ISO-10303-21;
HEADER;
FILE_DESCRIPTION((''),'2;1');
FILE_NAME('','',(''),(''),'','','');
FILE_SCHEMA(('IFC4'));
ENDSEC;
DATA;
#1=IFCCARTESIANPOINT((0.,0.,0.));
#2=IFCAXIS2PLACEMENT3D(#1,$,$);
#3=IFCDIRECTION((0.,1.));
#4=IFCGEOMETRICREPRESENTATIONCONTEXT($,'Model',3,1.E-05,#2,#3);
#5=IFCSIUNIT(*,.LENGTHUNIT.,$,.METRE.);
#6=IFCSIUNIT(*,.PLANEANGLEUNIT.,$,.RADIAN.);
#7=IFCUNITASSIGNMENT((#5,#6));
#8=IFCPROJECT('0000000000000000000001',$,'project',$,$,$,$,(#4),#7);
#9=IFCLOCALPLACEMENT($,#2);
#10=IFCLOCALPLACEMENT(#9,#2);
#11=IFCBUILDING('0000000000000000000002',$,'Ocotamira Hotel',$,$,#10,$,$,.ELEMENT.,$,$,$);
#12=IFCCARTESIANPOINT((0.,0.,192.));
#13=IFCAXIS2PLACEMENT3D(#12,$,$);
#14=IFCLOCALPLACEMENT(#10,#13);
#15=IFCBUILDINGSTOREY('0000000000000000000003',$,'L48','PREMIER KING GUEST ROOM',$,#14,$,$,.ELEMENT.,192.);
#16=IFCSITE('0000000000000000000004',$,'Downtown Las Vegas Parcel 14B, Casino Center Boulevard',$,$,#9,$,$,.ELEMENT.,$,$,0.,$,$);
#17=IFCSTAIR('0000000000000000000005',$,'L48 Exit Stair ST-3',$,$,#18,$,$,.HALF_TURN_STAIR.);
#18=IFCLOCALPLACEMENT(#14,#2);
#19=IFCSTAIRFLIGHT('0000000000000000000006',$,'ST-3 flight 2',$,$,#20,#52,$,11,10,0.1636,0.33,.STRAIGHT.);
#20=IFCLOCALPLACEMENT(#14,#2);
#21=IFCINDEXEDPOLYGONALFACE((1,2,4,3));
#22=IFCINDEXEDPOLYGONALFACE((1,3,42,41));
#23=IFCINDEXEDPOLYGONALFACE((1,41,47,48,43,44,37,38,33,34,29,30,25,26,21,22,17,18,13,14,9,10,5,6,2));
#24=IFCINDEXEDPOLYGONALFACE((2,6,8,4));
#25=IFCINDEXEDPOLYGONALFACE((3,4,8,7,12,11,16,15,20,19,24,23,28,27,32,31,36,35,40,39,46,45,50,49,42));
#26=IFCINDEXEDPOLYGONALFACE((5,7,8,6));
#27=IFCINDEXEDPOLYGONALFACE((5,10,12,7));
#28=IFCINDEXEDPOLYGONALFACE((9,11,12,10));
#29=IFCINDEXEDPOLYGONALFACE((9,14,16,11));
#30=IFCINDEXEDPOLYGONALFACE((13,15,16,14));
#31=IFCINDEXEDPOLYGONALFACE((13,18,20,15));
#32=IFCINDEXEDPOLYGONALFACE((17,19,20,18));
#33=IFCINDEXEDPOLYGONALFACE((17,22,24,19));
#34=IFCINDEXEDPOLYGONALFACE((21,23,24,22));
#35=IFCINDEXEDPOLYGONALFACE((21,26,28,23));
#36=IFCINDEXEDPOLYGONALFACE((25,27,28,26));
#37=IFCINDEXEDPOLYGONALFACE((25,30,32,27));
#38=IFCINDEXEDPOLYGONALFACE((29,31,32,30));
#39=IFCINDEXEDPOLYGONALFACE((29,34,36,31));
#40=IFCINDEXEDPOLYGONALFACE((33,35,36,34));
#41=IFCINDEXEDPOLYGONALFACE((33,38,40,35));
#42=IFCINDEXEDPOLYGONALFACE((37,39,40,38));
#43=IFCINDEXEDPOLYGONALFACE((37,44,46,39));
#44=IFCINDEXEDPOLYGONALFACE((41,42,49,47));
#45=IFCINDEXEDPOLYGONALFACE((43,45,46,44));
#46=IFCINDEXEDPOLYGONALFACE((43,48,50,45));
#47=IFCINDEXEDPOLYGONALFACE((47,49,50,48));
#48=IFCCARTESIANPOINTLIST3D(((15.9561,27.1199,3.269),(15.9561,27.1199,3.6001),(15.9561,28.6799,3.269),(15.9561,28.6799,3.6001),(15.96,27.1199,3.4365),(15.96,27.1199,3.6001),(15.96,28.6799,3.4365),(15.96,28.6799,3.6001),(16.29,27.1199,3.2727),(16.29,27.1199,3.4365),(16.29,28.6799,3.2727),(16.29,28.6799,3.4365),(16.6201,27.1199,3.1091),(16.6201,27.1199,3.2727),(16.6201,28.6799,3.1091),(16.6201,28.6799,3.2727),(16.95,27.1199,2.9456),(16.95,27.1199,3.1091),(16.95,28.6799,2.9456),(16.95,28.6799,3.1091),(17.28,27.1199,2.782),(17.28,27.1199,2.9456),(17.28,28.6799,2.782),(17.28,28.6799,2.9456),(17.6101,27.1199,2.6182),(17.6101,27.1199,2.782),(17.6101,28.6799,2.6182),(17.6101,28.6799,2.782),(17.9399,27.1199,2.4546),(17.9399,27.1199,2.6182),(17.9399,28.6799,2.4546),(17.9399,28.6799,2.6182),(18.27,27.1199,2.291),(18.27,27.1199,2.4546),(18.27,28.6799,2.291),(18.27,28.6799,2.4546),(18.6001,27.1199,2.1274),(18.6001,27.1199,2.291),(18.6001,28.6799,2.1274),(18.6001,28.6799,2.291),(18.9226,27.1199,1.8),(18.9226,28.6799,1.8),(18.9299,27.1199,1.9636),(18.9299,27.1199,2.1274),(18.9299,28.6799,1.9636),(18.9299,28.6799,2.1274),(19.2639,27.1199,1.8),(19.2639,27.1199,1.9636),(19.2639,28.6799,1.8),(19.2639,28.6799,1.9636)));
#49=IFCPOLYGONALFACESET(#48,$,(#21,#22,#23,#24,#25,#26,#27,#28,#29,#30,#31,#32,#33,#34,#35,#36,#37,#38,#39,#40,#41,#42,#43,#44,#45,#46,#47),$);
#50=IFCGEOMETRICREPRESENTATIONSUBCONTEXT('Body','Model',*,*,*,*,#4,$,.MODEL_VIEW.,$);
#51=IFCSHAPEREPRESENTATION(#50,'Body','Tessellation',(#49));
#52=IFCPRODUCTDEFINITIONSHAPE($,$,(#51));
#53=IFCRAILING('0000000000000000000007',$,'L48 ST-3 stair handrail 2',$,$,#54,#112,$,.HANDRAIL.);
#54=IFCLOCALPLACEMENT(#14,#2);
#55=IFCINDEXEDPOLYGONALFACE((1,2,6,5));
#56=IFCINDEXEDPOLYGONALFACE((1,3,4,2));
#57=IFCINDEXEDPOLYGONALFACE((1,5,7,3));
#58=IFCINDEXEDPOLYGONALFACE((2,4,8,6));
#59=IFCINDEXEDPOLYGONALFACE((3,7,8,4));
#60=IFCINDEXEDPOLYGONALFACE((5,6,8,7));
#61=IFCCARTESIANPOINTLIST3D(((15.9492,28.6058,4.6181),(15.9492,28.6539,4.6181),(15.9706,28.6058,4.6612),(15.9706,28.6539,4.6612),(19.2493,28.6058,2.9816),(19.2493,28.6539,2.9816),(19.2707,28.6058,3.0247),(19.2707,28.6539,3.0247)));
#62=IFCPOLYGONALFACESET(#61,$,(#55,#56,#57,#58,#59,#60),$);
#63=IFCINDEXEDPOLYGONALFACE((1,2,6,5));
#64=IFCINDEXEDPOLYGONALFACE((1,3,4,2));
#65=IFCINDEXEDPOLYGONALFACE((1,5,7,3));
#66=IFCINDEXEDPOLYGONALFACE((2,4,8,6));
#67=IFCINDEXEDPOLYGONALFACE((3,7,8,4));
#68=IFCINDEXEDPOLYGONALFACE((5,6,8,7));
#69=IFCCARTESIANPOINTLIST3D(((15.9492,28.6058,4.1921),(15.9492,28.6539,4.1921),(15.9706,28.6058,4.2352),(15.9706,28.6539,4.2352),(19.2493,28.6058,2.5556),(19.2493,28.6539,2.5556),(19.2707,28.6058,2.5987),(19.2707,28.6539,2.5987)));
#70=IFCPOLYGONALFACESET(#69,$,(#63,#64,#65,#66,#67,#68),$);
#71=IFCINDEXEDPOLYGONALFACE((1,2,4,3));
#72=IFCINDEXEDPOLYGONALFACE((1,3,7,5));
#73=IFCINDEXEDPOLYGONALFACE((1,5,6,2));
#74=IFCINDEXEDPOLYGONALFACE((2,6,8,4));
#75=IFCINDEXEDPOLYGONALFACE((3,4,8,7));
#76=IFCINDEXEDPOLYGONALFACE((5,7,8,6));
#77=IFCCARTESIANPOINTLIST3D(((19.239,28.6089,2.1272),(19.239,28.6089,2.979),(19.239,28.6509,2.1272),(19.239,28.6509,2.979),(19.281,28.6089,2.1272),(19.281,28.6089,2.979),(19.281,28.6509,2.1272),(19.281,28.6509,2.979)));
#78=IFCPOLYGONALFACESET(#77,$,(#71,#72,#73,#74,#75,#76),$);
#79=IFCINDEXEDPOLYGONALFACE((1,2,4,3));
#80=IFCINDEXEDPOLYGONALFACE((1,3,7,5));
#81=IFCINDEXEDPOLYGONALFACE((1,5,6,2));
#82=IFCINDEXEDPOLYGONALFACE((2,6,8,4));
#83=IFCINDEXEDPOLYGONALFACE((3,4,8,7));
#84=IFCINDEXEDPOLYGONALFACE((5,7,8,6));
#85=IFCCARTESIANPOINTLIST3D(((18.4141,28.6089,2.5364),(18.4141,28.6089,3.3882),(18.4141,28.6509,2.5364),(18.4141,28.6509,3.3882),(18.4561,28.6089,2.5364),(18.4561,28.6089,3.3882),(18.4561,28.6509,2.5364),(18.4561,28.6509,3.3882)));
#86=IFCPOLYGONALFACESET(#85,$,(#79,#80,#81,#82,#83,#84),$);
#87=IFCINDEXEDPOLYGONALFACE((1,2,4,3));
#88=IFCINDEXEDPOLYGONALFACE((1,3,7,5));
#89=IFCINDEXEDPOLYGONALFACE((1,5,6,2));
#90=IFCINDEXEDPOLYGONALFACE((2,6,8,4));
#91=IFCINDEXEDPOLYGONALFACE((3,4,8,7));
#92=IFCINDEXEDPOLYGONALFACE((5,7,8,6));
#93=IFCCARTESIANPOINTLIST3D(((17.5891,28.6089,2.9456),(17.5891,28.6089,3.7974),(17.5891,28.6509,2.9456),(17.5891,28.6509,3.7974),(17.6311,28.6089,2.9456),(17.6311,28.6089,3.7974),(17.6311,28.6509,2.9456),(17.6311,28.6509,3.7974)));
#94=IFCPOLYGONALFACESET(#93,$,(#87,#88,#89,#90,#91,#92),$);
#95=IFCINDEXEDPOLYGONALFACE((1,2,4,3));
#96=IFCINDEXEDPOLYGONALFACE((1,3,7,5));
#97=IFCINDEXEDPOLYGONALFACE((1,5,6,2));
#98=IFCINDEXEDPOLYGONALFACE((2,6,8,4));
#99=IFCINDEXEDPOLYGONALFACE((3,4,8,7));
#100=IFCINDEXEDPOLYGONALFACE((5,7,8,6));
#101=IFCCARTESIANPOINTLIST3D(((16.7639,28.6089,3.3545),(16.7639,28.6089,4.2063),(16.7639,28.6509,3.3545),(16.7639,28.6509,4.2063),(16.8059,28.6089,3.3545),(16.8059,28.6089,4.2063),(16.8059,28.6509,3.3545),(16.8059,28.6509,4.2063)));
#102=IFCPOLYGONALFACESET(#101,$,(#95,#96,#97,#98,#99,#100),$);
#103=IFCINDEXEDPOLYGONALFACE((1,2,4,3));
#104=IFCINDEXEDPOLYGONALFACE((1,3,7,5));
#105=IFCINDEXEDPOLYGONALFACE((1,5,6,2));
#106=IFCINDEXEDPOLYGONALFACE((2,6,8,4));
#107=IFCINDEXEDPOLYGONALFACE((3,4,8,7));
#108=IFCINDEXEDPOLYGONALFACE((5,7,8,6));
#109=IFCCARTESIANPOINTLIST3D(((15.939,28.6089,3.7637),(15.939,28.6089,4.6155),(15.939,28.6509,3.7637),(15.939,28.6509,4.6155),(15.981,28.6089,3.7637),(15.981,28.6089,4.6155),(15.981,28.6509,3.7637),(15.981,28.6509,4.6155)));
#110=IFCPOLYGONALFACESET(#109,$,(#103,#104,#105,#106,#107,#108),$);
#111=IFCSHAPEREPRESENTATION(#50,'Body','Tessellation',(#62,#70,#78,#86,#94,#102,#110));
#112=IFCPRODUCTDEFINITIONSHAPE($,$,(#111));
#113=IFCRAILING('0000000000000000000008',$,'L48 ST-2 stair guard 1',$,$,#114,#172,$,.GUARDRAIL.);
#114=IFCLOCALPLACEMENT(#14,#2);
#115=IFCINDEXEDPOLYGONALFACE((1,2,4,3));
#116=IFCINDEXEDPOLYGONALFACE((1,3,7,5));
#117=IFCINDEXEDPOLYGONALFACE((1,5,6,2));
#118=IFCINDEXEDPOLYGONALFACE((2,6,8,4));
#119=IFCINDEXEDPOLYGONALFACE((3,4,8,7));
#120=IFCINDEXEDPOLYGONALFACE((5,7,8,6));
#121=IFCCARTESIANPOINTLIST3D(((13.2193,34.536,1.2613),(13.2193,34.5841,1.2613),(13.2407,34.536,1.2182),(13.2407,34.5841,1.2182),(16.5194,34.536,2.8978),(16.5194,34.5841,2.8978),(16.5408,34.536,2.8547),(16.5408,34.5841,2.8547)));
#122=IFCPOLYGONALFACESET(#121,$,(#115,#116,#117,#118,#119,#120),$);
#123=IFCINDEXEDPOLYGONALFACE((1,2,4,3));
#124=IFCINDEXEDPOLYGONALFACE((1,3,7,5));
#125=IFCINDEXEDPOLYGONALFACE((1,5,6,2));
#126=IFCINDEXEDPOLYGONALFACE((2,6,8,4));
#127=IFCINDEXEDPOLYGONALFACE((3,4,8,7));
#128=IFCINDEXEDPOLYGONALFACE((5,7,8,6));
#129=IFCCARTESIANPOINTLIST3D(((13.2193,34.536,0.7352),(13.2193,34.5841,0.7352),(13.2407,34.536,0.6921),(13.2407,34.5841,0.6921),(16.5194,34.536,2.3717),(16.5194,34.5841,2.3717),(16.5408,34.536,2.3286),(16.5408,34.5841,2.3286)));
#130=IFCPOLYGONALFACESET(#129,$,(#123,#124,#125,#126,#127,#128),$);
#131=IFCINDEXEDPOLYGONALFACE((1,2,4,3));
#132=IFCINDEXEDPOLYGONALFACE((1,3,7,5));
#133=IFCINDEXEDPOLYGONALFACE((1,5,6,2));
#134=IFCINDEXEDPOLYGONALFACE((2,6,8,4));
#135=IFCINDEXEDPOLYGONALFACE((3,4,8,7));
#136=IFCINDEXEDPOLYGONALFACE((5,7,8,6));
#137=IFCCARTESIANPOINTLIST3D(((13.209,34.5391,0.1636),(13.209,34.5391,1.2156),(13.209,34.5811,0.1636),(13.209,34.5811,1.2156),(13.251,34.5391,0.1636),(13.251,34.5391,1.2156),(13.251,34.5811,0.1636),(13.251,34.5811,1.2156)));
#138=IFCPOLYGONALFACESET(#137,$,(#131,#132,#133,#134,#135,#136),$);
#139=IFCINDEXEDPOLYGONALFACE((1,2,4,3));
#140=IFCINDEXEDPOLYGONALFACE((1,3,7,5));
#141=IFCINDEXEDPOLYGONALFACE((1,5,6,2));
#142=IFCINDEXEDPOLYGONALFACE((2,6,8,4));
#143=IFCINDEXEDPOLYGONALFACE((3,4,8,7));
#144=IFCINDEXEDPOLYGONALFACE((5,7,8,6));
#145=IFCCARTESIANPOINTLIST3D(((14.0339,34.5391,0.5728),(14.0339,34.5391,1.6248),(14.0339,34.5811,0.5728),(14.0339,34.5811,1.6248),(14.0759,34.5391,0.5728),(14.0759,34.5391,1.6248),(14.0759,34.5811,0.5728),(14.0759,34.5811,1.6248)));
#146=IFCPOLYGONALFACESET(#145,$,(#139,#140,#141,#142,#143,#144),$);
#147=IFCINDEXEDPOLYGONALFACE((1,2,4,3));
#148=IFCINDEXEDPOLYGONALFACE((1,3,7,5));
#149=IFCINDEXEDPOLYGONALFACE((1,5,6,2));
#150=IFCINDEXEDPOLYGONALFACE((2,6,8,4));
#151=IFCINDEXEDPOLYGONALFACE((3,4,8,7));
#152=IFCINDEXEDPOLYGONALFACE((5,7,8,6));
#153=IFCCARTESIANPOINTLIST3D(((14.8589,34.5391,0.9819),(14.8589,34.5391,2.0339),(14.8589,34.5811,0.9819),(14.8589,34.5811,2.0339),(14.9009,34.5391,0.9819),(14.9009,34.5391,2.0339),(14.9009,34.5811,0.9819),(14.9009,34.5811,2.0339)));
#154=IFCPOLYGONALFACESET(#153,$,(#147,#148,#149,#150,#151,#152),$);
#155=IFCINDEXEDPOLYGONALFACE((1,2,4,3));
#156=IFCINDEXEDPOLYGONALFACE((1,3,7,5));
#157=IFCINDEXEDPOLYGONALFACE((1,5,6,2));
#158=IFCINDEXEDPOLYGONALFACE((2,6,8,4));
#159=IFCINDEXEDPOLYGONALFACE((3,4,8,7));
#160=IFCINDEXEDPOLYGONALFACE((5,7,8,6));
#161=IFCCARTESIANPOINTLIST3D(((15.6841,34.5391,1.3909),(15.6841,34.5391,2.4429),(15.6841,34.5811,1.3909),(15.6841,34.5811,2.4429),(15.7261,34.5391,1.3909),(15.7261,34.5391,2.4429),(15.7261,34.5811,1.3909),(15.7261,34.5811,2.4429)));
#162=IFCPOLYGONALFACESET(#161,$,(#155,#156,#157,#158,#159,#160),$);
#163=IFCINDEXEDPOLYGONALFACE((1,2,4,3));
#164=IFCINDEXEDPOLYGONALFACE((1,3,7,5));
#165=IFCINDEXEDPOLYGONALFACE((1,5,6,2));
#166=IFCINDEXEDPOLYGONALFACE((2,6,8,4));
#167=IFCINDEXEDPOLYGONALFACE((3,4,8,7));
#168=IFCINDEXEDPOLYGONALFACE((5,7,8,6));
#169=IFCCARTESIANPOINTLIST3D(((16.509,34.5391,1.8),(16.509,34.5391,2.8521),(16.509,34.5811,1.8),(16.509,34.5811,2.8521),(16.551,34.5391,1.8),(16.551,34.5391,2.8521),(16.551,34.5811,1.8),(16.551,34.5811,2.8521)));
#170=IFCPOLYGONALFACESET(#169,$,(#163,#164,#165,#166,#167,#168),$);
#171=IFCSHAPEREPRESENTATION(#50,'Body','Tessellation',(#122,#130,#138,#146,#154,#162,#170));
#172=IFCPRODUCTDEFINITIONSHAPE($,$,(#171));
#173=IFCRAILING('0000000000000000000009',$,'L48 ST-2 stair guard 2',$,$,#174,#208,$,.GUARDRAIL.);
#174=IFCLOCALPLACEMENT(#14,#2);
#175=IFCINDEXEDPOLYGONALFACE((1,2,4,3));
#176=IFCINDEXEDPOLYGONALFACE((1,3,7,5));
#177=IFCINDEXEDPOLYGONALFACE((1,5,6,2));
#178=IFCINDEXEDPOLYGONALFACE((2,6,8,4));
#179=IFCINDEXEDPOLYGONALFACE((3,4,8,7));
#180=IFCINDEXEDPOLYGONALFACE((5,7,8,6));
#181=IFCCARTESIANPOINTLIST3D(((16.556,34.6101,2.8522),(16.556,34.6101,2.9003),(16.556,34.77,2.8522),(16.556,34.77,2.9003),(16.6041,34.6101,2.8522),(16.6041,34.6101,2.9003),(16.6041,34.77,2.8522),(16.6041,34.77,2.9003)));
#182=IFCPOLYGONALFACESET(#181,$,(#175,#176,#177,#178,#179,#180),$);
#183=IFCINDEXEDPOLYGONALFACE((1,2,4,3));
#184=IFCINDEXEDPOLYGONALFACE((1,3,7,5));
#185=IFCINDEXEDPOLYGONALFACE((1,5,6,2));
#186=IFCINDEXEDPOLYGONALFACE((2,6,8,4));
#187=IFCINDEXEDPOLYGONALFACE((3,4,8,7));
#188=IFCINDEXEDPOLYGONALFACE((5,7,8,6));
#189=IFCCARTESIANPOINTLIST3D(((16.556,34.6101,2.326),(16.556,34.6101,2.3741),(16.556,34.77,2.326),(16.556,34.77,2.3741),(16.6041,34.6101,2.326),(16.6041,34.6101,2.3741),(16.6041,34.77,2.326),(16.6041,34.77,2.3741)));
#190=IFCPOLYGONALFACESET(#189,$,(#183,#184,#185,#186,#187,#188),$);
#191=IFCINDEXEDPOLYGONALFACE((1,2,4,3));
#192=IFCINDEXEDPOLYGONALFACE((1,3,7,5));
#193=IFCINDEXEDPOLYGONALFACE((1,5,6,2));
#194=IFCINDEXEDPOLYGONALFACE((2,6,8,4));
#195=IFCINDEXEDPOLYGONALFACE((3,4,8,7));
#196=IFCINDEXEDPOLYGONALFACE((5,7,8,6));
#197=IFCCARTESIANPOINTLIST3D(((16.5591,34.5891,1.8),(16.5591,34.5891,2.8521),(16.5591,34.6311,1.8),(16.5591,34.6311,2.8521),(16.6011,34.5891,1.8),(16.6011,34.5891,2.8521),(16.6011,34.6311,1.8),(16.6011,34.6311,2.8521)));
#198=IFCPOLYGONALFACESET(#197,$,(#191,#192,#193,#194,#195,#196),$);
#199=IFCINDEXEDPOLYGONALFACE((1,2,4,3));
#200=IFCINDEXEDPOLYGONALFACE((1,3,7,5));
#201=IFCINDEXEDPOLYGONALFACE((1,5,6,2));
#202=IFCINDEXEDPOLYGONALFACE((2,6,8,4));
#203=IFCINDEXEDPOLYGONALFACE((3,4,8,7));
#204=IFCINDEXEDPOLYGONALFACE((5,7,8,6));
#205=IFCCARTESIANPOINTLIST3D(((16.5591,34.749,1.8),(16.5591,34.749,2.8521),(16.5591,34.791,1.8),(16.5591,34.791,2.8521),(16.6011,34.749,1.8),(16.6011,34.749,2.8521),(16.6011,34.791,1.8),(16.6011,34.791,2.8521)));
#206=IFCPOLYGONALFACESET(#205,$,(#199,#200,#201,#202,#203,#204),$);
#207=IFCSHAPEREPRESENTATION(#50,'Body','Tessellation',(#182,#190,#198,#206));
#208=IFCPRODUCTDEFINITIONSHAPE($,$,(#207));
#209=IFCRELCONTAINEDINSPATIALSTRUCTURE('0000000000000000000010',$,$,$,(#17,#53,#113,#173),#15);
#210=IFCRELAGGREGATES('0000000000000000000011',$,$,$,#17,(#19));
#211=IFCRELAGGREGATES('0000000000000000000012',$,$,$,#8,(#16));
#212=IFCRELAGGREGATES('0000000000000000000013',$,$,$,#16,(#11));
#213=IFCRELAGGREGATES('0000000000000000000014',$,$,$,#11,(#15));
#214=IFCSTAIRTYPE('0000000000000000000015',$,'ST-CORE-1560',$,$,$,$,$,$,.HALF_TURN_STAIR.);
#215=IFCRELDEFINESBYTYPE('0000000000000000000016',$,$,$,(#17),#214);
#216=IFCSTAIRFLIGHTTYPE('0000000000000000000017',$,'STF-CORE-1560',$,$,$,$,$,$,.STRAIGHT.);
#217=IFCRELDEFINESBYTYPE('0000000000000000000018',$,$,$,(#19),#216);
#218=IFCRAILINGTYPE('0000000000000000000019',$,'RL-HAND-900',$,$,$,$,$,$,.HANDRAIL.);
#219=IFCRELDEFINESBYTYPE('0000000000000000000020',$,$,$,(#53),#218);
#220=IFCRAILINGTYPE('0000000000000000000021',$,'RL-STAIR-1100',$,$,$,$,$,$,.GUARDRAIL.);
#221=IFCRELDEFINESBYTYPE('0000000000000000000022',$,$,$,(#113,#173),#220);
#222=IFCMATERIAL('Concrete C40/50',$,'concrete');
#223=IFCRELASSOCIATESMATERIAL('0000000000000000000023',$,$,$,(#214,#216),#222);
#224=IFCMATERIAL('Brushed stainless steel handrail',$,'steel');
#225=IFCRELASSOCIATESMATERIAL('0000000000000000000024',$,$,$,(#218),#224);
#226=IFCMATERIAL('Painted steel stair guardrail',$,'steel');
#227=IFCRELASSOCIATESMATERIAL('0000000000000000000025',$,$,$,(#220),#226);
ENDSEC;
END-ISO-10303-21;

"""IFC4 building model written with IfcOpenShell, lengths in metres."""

from ifc_helpers import new_model, si_unit, direction, frame, origin, origin_2d, place, context, subcontext, project, spatial, polyline, rectangle, outline, extrude, source, transform, mapped, material, type_object, element, aggregate, save


model = new_model("IFC4")

# Units and contexts
model_context = context("Model", 3, precision=1e-05, world=origin(), true_north=direction((0.0, 1.0)))
body_context = subcontext(model_context, "Body", "Model", "MODEL_VIEW")
ifc_project = project(units=[si_unit("LENGTHUNIT", "METRE"), si_unit("PLANEANGLEUNIT", "RADIAN")], contexts=[model_context])

# Site, building, storey
site_placement = place(None, origin())
site = spatial("IfcSite", under=ifc_project, at=site_placement, Name="Downtown Las Vegas Parcel 14B, Casino Center Boulevard", CompositionType="ELEMENT", RefElevation=0.0)
building_placement = place(site_placement, origin())
building = spatial("IfcBuilding", under=site, at=building_placement, Name="Ocotamira Hotel", CompositionType="ELEMENT")
storey_placement = place(building_placement, frame((0.0, 0.0, 192.0)))
storey = spatial("IfcBuildingStorey", under=building, at=storey_placement, Name="L48", Description="PREMIER KING GUEST ROOM", CompositionType="ELEMENT", Elevation=192.0)

# Stair, stair flight
ifc_material_1 = material(Name="Concrete C40/50", Category="concrete")
stair_type = type_object("IfcStairType", Name="ST-CORE-1560", PredefinedType="HALF_TURN_STAIR", material=ifc_material_1)
stair_flight_type = type_object("IfcStairFlightType", Name="STF-CORE-1560", PredefinedType="STRAIGHT", material=ifc_material_1)
shared_shape_1 = source(origin(), body_context, "Body", "SweptSolid", [
    extrude(outline(polyline([(-0.0039, 0.0), (-0.0039, 0.1636), (0.3301, 0.1636), (0.3301, 0.3274), (0.6599, 0.3274), (0.6599, 0.491), (0.99, 0.491), (0.99, 0.6545), (1.3201, 0.6545), (1.3201, 0.8181), (1.6499, 0.8181), (1.6499, 0.9819), (1.98, 0.9819), (1.98, 1.1455), (2.3101, 1.1455), (2.3101, 1.3091), (2.6399, 1.3091), (2.6399, 1.4727), (2.97, 1.4727), (2.97, 1.6365), (3.3, 1.6365), (3.3, 1.8), (3.304, 1.8), (3.304, 1.469), (0.3374, 0.0), (-0.0039, 0.0)])), frame((0.0, 0.78, 0.0), z_axis=(0.0, -1.0, 0.0), x_axis=(1.0, 0.0, 0.0)), (0.0, 0.0, 1.0), 1.5601),
])
stair_1_placement = place(storey_placement, origin())
stair_1 = element("IfcStair", 1, at=stair_1_placement, inside=storey, type_object=stair_type, Name="L48 Exit Stair ST-3", PredefinedType="HALF_TURN_STAIR")
stair_flight_1_placement = place(storey_placement, frame((19.26, 27.8999, 1.8), z_axis=(0.0, 0.0, 1.0), x_axis=(-1.0, 0.0, 0.0)))
stair_flight_1 = element("IfcStairFlight", 2, at=stair_flight_1_placement, type_object=stair_flight_type, Name="ST-3 flight 2", NumberOfRisers=11, NumberOfTreads=10, PredefinedType="STRAIGHT", RiserHeight=0.1636, TreadLength=0.33, context=body_context, shape_type="MappedRepresentation", body=[
    mapped(shared_shape_1, transform((0.0, 0.0, 0.0), scale=1.0)),
])
aggregate(stair_1, [stair_flight_1])

# Railings
ifc_material_2 = material(Name="Brushed stainless steel handrail", Category="steel")
railing_type_1 = type_object("IfcRailingType", Name="RL-HAND-900", PredefinedType="HANDRAIL", material=ifc_material_2)
railing_1_placement = place(storey_placement, frame((19.26, 28.6299, 2.1272)))
element("IfcRailing", 3, at=railing_1_placement, inside=storey, type_object=railing_type_1, Name="L48 ST-3 stair handrail 2", PredefinedType="HANDRAIL", context=body_context, shape_type="SweptSolid", body=[
    extrude(rectangle(XDim=0.0481, YDim=0.0481, at=origin_2d()), frame((0.0, 0.0, 0.876), z_axis=(-0.895894, 0.0, 0.444268), x_axis=(0.0, -1.0, 0.0)), (0.0, 0.0, 1.0), 3.6836),
    extrude(rectangle(XDim=0.0481, YDim=0.0481, at=origin_2d()), frame((0.0, 0.0, 0.45), z_axis=(-0.895894, 0.0, 0.444268), x_axis=(0.0, -1.0, 0.0)), (0.0, 0.0, 1.0), 3.6836),
    extrude(rectangle(XDim=0.042, YDim=0.042, at=origin_2d()), origin(), (0.0, 0.0, 1.0), 0.8518),
    extrude(rectangle(XDim=0.042, YDim=0.042, at=origin_2d()), frame((-0.825, 0.0, 0.4092)), (0.0, 0.0, 1.0), 0.8518),
    extrude(rectangle(XDim=0.042, YDim=0.042, at=origin_2d()), frame((-1.6499, 0.0, 0.8184)), (0.0, 0.0, 1.0), 0.8518),
    extrude(rectangle(XDim=0.042, YDim=0.042, at=origin_2d()), frame((-2.4751, 0.0, 1.2273)), (0.0, 0.0, 1.0), 0.8518),
    extrude(rectangle(XDim=0.042, YDim=0.042, at=origin_2d()), frame((-3.3, 0.0, 1.6365)), (0.0, 0.0, 1.0), 0.8518),
])
ifc_material_3 = material(Name="Painted steel stair guardrail", Category="steel")
railing_type_2 = type_object("IfcRailingType", Name="RL-STAIR-1100", PredefinedType="GUARDRAIL", material=ifc_material_3)
railing_2_placement = place(storey_placement, frame((13.23, 34.5601, 0.1636)))
element("IfcRailing", 4, at=railing_2_placement, inside=storey, type_object=railing_type_2, Name="L48 ST-2 stair guard 1", PredefinedType="GUARDRAIL", context=body_context, shape_type="SweptSolid", body=[
    extrude(rectangle(XDim=0.0481, YDim=0.0481, at=origin_2d()), frame((0.0, 0.0, 1.0762), z_axis=(0.895894, 0.0, 0.444268), x_axis=(0.0, 1.0, 0.0)), (0.0, 0.0, 1.0), 3.6836),
    extrude(rectangle(XDim=0.0481, YDim=0.0481, at=origin_2d()), frame((0.0, 0.0, 0.55), z_axis=(0.895894, 0.0, 0.444268), x_axis=(0.0, 1.0, 0.0)), (0.0, 0.0, 1.0), 3.6836),
    extrude(rectangle(XDim=0.042, YDim=0.042, at=origin_2d()), origin(), (0.0, 0.0, 1.0), 1.052),
    extrude(rectangle(XDim=0.042, YDim=0.042, at=origin_2d()), frame((0.825, 0.0, 0.4092)), (0.0, 0.0, 1.0), 1.052),
    extrude(rectangle(XDim=0.042, YDim=0.042, at=origin_2d()), frame((1.6499, 0.0, 0.8184)), (0.0, 0.0, 1.0), 1.052),
    extrude(rectangle(XDim=0.042, YDim=0.042, at=origin_2d()), frame((2.4751, 0.0, 1.2273)), (0.0, 0.0, 1.0), 1.052),
    extrude(rectangle(XDim=0.042, YDim=0.042, at=origin_2d()), frame((3.3, 0.0, 1.6365)), (0.0, 0.0, 1.0), 1.052),
])
railing_3_placement = place(storey_placement, frame((16.5801, 34.6101, 1.8)))
element("IfcRailing", 5, at=railing_3_placement, inside=storey, type_object=railing_type_2, Name="L48 ST-2 stair guard 2", PredefinedType="GUARDRAIL", context=body_context, shape_type="SweptSolid", body=[
    extrude(rectangle(XDim=0.0481, YDim=0.0481, at=origin_2d()), frame((0.0, 0.0, 1.0762), z_axis=(0.0, 1.0, 0.0), x_axis=(-1.0, 0.0, 0.0)), (0.0, 0.0, 1.0), 0.1599),
    extrude(rectangle(XDim=0.0481, YDim=0.0481, at=origin_2d()), frame((0.0, 0.0, 0.55), z_axis=(0.0, 1.0, 0.0), x_axis=(-1.0, 0.0, 0.0)), (0.0, 0.0, 1.0), 0.1599),
    extrude(rectangle(XDim=0.042, YDim=0.042, at=origin_2d()), origin(), (0.0, 0.0, 1.0), 1.052),
    extrude(rectangle(XDim=0.042, YDim=0.042, at=origin_2d()), frame((0.0, 0.1599, 0.0)), (0.0, 0.0, 1.0), 1.052),
])

save(model, "model.ifc")
